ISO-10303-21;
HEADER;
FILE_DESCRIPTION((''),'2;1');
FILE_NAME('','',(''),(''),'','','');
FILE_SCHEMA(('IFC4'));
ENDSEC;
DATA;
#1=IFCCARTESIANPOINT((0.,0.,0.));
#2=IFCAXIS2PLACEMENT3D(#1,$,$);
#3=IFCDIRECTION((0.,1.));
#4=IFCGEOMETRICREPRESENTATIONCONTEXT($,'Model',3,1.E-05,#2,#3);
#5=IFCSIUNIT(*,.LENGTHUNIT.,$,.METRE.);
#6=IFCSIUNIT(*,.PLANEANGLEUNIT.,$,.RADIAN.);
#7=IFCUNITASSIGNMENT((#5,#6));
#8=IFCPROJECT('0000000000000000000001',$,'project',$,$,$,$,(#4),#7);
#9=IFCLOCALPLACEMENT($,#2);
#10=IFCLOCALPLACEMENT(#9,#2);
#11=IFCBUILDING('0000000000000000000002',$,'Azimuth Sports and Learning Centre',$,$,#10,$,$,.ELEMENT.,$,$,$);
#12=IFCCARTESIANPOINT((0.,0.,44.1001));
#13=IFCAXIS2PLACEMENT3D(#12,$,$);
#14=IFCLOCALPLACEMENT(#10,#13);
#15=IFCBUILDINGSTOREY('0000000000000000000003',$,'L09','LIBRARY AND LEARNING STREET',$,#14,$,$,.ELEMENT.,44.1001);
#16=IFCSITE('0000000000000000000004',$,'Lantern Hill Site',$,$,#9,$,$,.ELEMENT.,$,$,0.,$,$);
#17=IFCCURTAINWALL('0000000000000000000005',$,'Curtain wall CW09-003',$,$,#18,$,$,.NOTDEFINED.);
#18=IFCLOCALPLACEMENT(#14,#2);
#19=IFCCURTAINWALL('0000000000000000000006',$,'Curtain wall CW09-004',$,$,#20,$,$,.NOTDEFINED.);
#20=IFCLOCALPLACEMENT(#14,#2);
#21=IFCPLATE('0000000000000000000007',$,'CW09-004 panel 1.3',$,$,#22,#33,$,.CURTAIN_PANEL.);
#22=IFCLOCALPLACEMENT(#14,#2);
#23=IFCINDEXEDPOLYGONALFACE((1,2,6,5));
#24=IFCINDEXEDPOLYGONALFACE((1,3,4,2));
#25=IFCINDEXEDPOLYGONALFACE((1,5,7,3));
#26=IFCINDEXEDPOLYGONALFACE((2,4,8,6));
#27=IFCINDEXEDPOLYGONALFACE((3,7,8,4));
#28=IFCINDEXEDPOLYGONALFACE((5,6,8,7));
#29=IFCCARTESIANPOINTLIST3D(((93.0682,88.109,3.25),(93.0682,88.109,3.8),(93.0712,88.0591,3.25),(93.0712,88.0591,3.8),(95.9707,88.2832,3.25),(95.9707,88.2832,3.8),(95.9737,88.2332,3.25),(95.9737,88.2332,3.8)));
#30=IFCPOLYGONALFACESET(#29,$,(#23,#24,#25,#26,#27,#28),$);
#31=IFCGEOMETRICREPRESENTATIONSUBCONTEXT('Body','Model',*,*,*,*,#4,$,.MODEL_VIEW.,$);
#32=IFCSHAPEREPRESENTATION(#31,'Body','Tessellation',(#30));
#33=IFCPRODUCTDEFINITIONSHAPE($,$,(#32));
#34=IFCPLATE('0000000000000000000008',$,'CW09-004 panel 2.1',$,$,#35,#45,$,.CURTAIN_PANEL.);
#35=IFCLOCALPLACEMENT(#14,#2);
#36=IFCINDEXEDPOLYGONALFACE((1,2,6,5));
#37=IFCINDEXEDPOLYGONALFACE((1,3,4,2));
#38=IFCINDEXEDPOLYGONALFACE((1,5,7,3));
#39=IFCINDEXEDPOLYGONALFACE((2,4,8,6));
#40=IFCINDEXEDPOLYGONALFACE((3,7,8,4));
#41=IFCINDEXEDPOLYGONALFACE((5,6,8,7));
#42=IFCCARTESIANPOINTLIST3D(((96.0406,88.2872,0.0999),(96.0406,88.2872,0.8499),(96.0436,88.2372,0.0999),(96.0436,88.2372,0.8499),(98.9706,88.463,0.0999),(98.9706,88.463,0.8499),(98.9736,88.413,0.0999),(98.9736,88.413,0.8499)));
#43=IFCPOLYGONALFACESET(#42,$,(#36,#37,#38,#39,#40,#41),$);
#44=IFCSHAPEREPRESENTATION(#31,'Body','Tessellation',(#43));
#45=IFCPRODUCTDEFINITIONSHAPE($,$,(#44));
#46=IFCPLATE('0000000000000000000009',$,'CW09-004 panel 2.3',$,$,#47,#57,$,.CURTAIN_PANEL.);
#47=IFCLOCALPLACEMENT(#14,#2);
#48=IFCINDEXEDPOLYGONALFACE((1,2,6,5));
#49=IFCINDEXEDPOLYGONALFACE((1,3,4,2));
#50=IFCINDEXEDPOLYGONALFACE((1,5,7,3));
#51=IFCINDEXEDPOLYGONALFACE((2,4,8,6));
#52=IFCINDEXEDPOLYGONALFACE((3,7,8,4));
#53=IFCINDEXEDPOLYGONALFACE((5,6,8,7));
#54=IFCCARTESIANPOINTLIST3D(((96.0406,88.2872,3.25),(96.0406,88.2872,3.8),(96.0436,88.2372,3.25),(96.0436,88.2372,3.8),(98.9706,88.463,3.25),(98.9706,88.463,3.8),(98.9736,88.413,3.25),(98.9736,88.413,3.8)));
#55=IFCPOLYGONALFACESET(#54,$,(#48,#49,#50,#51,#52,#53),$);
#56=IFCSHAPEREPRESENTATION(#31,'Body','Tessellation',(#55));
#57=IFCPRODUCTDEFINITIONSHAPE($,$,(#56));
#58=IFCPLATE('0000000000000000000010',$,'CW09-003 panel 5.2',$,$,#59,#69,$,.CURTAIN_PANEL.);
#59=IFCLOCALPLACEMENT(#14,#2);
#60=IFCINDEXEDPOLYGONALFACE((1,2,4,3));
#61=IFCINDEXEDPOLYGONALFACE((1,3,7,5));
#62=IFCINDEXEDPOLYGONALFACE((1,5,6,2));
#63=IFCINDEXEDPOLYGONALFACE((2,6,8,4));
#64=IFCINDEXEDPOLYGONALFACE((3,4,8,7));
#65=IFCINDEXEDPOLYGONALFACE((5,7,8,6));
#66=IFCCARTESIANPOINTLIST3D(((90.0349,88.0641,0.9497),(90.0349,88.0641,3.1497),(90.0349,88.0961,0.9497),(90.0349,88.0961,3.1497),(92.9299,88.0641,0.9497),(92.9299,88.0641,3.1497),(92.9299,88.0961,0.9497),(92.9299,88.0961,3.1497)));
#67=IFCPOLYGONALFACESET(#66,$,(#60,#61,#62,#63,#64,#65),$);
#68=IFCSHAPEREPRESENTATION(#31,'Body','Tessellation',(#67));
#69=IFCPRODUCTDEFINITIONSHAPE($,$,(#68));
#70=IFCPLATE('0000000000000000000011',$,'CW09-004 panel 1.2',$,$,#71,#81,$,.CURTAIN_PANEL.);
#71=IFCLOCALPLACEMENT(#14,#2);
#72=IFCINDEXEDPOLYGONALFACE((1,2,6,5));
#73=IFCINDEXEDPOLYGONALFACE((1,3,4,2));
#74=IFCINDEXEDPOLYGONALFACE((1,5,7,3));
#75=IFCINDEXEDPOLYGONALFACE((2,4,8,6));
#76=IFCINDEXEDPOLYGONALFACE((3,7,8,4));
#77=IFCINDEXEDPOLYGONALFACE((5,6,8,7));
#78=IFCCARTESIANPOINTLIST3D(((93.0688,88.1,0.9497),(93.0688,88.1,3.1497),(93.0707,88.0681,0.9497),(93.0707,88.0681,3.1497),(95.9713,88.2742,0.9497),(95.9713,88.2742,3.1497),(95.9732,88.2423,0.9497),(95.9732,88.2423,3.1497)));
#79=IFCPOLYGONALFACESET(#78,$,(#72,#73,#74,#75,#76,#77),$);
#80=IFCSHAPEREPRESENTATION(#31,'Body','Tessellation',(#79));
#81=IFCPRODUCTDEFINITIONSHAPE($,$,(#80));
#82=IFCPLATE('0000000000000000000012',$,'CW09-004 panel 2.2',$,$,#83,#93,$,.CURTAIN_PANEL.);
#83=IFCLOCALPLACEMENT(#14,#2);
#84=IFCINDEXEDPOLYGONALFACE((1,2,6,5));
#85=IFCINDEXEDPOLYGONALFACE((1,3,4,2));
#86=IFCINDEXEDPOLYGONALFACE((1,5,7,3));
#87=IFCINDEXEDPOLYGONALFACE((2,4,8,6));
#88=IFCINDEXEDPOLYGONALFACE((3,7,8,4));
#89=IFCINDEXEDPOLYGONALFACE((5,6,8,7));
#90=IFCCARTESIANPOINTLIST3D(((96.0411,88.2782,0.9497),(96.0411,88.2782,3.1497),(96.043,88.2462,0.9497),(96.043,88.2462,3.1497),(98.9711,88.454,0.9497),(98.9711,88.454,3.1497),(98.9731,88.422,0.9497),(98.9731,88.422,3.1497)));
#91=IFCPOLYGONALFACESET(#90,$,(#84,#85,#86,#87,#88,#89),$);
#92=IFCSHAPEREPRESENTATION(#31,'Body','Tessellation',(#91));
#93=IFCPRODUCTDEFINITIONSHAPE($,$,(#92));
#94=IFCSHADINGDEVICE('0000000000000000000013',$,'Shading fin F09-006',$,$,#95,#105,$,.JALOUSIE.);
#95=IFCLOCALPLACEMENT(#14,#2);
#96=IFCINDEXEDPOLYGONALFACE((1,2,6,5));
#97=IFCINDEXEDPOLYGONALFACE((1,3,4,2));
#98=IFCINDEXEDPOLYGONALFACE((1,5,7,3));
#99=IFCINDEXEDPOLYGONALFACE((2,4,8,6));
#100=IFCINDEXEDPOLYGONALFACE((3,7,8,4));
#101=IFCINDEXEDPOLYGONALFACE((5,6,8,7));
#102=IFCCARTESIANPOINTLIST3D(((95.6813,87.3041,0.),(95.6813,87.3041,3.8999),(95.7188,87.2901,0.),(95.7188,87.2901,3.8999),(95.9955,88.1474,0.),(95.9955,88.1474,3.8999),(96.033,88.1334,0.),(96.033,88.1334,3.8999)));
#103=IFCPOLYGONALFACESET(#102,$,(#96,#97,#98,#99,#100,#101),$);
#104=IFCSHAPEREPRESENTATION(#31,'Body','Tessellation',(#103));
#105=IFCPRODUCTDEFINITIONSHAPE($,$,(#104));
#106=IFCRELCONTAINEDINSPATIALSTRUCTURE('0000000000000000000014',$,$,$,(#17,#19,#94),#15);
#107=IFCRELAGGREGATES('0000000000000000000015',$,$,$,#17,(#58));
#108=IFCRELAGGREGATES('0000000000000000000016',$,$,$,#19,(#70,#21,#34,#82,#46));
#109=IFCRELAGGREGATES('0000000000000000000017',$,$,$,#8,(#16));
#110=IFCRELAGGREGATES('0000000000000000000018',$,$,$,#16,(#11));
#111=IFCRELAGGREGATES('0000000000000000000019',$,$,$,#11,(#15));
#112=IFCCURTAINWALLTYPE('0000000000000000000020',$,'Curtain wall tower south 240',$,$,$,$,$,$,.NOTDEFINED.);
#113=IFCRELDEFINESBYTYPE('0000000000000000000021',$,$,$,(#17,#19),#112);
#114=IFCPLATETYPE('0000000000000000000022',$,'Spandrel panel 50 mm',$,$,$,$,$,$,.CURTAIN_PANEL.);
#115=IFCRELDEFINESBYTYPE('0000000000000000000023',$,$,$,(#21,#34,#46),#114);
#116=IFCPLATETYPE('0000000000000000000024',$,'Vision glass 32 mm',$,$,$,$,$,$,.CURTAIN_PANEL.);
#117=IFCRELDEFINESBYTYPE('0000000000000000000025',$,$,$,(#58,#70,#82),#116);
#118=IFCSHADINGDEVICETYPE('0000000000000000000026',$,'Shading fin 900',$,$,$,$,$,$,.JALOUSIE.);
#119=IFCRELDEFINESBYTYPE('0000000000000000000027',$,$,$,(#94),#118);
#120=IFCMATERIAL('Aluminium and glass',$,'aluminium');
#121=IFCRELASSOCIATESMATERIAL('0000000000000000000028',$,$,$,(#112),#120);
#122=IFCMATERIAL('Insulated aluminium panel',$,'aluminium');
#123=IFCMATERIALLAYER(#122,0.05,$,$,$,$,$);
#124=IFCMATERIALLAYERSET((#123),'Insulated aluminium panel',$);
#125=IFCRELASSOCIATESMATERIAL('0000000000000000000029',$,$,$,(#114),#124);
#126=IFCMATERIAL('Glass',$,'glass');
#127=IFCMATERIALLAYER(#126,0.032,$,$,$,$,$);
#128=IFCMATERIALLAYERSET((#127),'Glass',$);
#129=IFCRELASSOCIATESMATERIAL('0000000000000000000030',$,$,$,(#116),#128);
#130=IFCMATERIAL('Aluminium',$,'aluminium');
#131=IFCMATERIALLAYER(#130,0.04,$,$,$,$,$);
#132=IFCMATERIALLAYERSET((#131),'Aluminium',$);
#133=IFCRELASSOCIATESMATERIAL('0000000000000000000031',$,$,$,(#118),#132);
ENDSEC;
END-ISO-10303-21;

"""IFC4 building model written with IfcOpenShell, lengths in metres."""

from ifc_helpers import new_model, si_unit, direction, frame, origin, origin_2d, place, context, subcontext, project, spatial, rectangle, extrude, material, layer, layer_set, type_object, element, aggregate, save


model = new_model("IFC4")

# Units and contexts
model_context = context("Model", 3, precision=1e-05, world=origin(), true_north=direction((0.0, 1.0)))
body_context = subcontext(model_context, "Body", "Model", "MODEL_VIEW")
ifc_project = project(units=[si_unit("LENGTHUNIT", "METRE"), si_unit("PLANEANGLEUNIT", "RADIAN")], contexts=[model_context])

# Site, building, storey
site_placement = place(None, origin())
site = spatial("IfcSite", under=ifc_project, at=site_placement, Name="Lantern Hill Site", CompositionType="ELEMENT", RefElevation=0.0)
building_placement = place(site_placement, origin())
building = spatial("IfcBuilding", under=site, at=building_placement, Name="Azimuth Sports and Learning Centre", CompositionType="ELEMENT")
storey_placement = place(building_placement, frame((0.0, 0.0, 44.1001)))
storey = spatial("IfcBuildingStorey", under=building, at=storey_placement, Name="L09", Description="LIBRARY AND LEARNING STREET", CompositionType="ELEMENT", Elevation=44.1001)

# Curtain wall
ifc_material_1 = material(Name="Aluminium and glass", Category="aluminium")
curtain_wall_type = type_object("IfcCurtainWallType", Name="Curtain wall tower south 240", PredefinedType="NOTDEFINED", material=ifc_material_1)
curtain_wall_1_placement = place(storey_placement, origin())
curtain_wall_1 = element("IfcCurtainWall", 1, at=curtain_wall_1_placement, inside=storey, type_object=curtain_wall_type, Name="Curtain wall CW09-003", PredefinedType="NOTDEFINED")

# Curtain wall
curtain_wall_2_placement = place(storey_placement, origin())
curtain_wall_2 = element("IfcCurtainWall", 2, at=curtain_wall_2_placement, inside=storey, type_object=curtain_wall_type, Name="Curtain wall CW09-004", PredefinedType="NOTDEFINED")

# Plates
ifc_material_2 = material(Name="Insulated aluminium panel", Category="aluminium")
ifc_layer_1 = layer(ifc_material_2, 0.05)
ifc_layer_set_1 = layer_set([ifc_layer_1], Name="Insulated aluminium panel")
plate_type_1 = type_object("IfcPlateType", Name="Spandrel panel 50 mm", PredefinedType="CURTAIN_PANEL", material=ifc_layer_set_1)
plate_1_placement = place(storey_placement, frame((94.521, 88.1711, 3.25), z_axis=(0.0, 0.0, 1.0), x_axis=(0.998205, 0.059892, 0.0)))
plate_1 = element("IfcPlate", 3, at=plate_1_placement, type_object=plate_type_1, Name="CW09-004 panel 1.3", PredefinedType="CURTAIN_PANEL", context=body_context, shape_type="SweptSolid", body=[
    extrude(rectangle(XDim=2.9077, YDim=0.05, at=origin_2d()), origin(), (0.0, 0.0, 1.0), 0.55),
])
plate_2_placement = place(storey_placement, frame((97.5071, 88.3501, 0.0999), z_axis=(0.0, 0.0, 1.0), x_axis=(0.998205, 0.059892, 0.0)))
plate_2 = element("IfcPlate", 4, at=plate_2_placement, type_object=plate_type_1, Name="CW09-004 panel 2.1", PredefinedType="CURTAIN_PANEL", context=body_context, shape_type="SweptSolid", body=[
    extrude(rectangle(XDim=2.9353, YDim=0.05, at=origin_2d()), origin(), (0.0, 0.0, 1.0), 0.75),
])
plate_3_placement = place(storey_placement, frame((97.5071, 88.3501, 3.25), z_axis=(0.0, 0.0, 1.0), x_axis=(0.998205, 0.059892, 0.0)))
plate_3 = element("IfcPlate", 5, at=plate_3_placement, type_object=plate_type_1, Name="CW09-004 panel 2.3", PredefinedType="CURTAIN_PANEL", context=body_context, shape_type="SweptSolid", body=[
    extrude(rectangle(XDim=2.9353, YDim=0.05, at=origin_2d()), origin(), (0.0, 0.0, 1.0), 0.55),
])
ifc_material_3 = material(Name="Glass", Category="glass")
ifc_layer_2 = layer(ifc_material_3, 0.032)
ifc_layer_set_2 = layer_set([ifc_layer_2], Name="Glass")
plate_type_2 = type_object("IfcPlateType", Name="Vision glass 32 mm", PredefinedType="CURTAIN_PANEL", material=ifc_layer_set_2)
plate_4_placement = place(storey_placement, frame((91.4824, 88.0801, 0.9497), z_axis=(0.0, 0.0, 1.0), x_axis=(1.0, 0.0, 0.0)))
plate_4 = element("IfcPlate", 6, at=plate_4_placement, type_object=plate_type_2, Name="CW09-003 panel 5.2", PredefinedType="CURTAIN_PANEL", context=body_context, shape_type="SweptSolid", body=[
    extrude(rectangle(XDim=2.895, YDim=0.032, at=origin_2d()), origin(), (0.0, 0.0, 1.0), 2.2),
])
aggregate(curtain_wall_1, [plate_4])
plate_5_placement = place(storey_placement, frame((94.521, 88.1711, 0.9497), z_axis=(0.0, 0.0, 1.0), x_axis=(0.998205, 0.059892, 0.0)))
plate_5 = element("IfcPlate", 7, at=plate_5_placement, type_object=plate_type_2, Name="CW09-004 panel 1.2", PredefinedType="CURTAIN_PANEL", context=body_context, shape_type="SweptSolid", body=[
    extrude(rectangle(XDim=2.9077, YDim=0.032, at=origin_2d()), origin(), (0.0, 0.0, 1.0), 2.2),
])
plate_6_placement = place(storey_placement, frame((97.5071, 88.3501, 0.9497), z_axis=(0.0, 0.0, 1.0), x_axis=(0.998205, 0.059892, 0.0)))
plate_6 = element("IfcPlate", 8, at=plate_6_placement, type_object=plate_type_2, Name="CW09-004 panel 2.2", PredefinedType="CURTAIN_PANEL", context=body_context, shape_type="SweptSolid", body=[
    extrude(rectangle(XDim=2.9353, YDim=0.032, at=origin_2d()), origin(), (0.0, 0.0, 1.0), 2.2),
])
aggregate(curtain_wall_2, [plate_5, plate_1, plate_2, plate_6, plate_3])

# Shading device
ifc_material_4 = material(Name="Aluminium", Category="aluminium")
ifc_layer_3 = layer(ifc_material_4, 0.04)
ifc_layer_set_3 = layer_set([ifc_layer_3], Name="Aluminium")
shading_device_type = type_object("IfcShadingDeviceType", Name="Shading fin 900", PredefinedType="JALOUSIE", material=ifc_layer_set_3)
shading_device_placement = place(storey_placement, frame((95.8572, 87.7188, 0.0), z_axis=(0.0, 0.0, 1.0), x_axis=(-0.349143, -0.937069, 0.0)))
element("IfcShadingDevice", 9, at=shading_device_placement, inside=storey, type_object=shading_device_type, Name="Shading fin F09-006", PredefinedType="JALOUSIE", context=body_context, shape_type="SweptSolid", body=[
    extrude(rectangle(XDim=0.8999, YDim=0.04, at=origin_2d()), origin(), (0.0, 0.0, 1.0), 3.8999),
])

save(model, "model.ifc")
